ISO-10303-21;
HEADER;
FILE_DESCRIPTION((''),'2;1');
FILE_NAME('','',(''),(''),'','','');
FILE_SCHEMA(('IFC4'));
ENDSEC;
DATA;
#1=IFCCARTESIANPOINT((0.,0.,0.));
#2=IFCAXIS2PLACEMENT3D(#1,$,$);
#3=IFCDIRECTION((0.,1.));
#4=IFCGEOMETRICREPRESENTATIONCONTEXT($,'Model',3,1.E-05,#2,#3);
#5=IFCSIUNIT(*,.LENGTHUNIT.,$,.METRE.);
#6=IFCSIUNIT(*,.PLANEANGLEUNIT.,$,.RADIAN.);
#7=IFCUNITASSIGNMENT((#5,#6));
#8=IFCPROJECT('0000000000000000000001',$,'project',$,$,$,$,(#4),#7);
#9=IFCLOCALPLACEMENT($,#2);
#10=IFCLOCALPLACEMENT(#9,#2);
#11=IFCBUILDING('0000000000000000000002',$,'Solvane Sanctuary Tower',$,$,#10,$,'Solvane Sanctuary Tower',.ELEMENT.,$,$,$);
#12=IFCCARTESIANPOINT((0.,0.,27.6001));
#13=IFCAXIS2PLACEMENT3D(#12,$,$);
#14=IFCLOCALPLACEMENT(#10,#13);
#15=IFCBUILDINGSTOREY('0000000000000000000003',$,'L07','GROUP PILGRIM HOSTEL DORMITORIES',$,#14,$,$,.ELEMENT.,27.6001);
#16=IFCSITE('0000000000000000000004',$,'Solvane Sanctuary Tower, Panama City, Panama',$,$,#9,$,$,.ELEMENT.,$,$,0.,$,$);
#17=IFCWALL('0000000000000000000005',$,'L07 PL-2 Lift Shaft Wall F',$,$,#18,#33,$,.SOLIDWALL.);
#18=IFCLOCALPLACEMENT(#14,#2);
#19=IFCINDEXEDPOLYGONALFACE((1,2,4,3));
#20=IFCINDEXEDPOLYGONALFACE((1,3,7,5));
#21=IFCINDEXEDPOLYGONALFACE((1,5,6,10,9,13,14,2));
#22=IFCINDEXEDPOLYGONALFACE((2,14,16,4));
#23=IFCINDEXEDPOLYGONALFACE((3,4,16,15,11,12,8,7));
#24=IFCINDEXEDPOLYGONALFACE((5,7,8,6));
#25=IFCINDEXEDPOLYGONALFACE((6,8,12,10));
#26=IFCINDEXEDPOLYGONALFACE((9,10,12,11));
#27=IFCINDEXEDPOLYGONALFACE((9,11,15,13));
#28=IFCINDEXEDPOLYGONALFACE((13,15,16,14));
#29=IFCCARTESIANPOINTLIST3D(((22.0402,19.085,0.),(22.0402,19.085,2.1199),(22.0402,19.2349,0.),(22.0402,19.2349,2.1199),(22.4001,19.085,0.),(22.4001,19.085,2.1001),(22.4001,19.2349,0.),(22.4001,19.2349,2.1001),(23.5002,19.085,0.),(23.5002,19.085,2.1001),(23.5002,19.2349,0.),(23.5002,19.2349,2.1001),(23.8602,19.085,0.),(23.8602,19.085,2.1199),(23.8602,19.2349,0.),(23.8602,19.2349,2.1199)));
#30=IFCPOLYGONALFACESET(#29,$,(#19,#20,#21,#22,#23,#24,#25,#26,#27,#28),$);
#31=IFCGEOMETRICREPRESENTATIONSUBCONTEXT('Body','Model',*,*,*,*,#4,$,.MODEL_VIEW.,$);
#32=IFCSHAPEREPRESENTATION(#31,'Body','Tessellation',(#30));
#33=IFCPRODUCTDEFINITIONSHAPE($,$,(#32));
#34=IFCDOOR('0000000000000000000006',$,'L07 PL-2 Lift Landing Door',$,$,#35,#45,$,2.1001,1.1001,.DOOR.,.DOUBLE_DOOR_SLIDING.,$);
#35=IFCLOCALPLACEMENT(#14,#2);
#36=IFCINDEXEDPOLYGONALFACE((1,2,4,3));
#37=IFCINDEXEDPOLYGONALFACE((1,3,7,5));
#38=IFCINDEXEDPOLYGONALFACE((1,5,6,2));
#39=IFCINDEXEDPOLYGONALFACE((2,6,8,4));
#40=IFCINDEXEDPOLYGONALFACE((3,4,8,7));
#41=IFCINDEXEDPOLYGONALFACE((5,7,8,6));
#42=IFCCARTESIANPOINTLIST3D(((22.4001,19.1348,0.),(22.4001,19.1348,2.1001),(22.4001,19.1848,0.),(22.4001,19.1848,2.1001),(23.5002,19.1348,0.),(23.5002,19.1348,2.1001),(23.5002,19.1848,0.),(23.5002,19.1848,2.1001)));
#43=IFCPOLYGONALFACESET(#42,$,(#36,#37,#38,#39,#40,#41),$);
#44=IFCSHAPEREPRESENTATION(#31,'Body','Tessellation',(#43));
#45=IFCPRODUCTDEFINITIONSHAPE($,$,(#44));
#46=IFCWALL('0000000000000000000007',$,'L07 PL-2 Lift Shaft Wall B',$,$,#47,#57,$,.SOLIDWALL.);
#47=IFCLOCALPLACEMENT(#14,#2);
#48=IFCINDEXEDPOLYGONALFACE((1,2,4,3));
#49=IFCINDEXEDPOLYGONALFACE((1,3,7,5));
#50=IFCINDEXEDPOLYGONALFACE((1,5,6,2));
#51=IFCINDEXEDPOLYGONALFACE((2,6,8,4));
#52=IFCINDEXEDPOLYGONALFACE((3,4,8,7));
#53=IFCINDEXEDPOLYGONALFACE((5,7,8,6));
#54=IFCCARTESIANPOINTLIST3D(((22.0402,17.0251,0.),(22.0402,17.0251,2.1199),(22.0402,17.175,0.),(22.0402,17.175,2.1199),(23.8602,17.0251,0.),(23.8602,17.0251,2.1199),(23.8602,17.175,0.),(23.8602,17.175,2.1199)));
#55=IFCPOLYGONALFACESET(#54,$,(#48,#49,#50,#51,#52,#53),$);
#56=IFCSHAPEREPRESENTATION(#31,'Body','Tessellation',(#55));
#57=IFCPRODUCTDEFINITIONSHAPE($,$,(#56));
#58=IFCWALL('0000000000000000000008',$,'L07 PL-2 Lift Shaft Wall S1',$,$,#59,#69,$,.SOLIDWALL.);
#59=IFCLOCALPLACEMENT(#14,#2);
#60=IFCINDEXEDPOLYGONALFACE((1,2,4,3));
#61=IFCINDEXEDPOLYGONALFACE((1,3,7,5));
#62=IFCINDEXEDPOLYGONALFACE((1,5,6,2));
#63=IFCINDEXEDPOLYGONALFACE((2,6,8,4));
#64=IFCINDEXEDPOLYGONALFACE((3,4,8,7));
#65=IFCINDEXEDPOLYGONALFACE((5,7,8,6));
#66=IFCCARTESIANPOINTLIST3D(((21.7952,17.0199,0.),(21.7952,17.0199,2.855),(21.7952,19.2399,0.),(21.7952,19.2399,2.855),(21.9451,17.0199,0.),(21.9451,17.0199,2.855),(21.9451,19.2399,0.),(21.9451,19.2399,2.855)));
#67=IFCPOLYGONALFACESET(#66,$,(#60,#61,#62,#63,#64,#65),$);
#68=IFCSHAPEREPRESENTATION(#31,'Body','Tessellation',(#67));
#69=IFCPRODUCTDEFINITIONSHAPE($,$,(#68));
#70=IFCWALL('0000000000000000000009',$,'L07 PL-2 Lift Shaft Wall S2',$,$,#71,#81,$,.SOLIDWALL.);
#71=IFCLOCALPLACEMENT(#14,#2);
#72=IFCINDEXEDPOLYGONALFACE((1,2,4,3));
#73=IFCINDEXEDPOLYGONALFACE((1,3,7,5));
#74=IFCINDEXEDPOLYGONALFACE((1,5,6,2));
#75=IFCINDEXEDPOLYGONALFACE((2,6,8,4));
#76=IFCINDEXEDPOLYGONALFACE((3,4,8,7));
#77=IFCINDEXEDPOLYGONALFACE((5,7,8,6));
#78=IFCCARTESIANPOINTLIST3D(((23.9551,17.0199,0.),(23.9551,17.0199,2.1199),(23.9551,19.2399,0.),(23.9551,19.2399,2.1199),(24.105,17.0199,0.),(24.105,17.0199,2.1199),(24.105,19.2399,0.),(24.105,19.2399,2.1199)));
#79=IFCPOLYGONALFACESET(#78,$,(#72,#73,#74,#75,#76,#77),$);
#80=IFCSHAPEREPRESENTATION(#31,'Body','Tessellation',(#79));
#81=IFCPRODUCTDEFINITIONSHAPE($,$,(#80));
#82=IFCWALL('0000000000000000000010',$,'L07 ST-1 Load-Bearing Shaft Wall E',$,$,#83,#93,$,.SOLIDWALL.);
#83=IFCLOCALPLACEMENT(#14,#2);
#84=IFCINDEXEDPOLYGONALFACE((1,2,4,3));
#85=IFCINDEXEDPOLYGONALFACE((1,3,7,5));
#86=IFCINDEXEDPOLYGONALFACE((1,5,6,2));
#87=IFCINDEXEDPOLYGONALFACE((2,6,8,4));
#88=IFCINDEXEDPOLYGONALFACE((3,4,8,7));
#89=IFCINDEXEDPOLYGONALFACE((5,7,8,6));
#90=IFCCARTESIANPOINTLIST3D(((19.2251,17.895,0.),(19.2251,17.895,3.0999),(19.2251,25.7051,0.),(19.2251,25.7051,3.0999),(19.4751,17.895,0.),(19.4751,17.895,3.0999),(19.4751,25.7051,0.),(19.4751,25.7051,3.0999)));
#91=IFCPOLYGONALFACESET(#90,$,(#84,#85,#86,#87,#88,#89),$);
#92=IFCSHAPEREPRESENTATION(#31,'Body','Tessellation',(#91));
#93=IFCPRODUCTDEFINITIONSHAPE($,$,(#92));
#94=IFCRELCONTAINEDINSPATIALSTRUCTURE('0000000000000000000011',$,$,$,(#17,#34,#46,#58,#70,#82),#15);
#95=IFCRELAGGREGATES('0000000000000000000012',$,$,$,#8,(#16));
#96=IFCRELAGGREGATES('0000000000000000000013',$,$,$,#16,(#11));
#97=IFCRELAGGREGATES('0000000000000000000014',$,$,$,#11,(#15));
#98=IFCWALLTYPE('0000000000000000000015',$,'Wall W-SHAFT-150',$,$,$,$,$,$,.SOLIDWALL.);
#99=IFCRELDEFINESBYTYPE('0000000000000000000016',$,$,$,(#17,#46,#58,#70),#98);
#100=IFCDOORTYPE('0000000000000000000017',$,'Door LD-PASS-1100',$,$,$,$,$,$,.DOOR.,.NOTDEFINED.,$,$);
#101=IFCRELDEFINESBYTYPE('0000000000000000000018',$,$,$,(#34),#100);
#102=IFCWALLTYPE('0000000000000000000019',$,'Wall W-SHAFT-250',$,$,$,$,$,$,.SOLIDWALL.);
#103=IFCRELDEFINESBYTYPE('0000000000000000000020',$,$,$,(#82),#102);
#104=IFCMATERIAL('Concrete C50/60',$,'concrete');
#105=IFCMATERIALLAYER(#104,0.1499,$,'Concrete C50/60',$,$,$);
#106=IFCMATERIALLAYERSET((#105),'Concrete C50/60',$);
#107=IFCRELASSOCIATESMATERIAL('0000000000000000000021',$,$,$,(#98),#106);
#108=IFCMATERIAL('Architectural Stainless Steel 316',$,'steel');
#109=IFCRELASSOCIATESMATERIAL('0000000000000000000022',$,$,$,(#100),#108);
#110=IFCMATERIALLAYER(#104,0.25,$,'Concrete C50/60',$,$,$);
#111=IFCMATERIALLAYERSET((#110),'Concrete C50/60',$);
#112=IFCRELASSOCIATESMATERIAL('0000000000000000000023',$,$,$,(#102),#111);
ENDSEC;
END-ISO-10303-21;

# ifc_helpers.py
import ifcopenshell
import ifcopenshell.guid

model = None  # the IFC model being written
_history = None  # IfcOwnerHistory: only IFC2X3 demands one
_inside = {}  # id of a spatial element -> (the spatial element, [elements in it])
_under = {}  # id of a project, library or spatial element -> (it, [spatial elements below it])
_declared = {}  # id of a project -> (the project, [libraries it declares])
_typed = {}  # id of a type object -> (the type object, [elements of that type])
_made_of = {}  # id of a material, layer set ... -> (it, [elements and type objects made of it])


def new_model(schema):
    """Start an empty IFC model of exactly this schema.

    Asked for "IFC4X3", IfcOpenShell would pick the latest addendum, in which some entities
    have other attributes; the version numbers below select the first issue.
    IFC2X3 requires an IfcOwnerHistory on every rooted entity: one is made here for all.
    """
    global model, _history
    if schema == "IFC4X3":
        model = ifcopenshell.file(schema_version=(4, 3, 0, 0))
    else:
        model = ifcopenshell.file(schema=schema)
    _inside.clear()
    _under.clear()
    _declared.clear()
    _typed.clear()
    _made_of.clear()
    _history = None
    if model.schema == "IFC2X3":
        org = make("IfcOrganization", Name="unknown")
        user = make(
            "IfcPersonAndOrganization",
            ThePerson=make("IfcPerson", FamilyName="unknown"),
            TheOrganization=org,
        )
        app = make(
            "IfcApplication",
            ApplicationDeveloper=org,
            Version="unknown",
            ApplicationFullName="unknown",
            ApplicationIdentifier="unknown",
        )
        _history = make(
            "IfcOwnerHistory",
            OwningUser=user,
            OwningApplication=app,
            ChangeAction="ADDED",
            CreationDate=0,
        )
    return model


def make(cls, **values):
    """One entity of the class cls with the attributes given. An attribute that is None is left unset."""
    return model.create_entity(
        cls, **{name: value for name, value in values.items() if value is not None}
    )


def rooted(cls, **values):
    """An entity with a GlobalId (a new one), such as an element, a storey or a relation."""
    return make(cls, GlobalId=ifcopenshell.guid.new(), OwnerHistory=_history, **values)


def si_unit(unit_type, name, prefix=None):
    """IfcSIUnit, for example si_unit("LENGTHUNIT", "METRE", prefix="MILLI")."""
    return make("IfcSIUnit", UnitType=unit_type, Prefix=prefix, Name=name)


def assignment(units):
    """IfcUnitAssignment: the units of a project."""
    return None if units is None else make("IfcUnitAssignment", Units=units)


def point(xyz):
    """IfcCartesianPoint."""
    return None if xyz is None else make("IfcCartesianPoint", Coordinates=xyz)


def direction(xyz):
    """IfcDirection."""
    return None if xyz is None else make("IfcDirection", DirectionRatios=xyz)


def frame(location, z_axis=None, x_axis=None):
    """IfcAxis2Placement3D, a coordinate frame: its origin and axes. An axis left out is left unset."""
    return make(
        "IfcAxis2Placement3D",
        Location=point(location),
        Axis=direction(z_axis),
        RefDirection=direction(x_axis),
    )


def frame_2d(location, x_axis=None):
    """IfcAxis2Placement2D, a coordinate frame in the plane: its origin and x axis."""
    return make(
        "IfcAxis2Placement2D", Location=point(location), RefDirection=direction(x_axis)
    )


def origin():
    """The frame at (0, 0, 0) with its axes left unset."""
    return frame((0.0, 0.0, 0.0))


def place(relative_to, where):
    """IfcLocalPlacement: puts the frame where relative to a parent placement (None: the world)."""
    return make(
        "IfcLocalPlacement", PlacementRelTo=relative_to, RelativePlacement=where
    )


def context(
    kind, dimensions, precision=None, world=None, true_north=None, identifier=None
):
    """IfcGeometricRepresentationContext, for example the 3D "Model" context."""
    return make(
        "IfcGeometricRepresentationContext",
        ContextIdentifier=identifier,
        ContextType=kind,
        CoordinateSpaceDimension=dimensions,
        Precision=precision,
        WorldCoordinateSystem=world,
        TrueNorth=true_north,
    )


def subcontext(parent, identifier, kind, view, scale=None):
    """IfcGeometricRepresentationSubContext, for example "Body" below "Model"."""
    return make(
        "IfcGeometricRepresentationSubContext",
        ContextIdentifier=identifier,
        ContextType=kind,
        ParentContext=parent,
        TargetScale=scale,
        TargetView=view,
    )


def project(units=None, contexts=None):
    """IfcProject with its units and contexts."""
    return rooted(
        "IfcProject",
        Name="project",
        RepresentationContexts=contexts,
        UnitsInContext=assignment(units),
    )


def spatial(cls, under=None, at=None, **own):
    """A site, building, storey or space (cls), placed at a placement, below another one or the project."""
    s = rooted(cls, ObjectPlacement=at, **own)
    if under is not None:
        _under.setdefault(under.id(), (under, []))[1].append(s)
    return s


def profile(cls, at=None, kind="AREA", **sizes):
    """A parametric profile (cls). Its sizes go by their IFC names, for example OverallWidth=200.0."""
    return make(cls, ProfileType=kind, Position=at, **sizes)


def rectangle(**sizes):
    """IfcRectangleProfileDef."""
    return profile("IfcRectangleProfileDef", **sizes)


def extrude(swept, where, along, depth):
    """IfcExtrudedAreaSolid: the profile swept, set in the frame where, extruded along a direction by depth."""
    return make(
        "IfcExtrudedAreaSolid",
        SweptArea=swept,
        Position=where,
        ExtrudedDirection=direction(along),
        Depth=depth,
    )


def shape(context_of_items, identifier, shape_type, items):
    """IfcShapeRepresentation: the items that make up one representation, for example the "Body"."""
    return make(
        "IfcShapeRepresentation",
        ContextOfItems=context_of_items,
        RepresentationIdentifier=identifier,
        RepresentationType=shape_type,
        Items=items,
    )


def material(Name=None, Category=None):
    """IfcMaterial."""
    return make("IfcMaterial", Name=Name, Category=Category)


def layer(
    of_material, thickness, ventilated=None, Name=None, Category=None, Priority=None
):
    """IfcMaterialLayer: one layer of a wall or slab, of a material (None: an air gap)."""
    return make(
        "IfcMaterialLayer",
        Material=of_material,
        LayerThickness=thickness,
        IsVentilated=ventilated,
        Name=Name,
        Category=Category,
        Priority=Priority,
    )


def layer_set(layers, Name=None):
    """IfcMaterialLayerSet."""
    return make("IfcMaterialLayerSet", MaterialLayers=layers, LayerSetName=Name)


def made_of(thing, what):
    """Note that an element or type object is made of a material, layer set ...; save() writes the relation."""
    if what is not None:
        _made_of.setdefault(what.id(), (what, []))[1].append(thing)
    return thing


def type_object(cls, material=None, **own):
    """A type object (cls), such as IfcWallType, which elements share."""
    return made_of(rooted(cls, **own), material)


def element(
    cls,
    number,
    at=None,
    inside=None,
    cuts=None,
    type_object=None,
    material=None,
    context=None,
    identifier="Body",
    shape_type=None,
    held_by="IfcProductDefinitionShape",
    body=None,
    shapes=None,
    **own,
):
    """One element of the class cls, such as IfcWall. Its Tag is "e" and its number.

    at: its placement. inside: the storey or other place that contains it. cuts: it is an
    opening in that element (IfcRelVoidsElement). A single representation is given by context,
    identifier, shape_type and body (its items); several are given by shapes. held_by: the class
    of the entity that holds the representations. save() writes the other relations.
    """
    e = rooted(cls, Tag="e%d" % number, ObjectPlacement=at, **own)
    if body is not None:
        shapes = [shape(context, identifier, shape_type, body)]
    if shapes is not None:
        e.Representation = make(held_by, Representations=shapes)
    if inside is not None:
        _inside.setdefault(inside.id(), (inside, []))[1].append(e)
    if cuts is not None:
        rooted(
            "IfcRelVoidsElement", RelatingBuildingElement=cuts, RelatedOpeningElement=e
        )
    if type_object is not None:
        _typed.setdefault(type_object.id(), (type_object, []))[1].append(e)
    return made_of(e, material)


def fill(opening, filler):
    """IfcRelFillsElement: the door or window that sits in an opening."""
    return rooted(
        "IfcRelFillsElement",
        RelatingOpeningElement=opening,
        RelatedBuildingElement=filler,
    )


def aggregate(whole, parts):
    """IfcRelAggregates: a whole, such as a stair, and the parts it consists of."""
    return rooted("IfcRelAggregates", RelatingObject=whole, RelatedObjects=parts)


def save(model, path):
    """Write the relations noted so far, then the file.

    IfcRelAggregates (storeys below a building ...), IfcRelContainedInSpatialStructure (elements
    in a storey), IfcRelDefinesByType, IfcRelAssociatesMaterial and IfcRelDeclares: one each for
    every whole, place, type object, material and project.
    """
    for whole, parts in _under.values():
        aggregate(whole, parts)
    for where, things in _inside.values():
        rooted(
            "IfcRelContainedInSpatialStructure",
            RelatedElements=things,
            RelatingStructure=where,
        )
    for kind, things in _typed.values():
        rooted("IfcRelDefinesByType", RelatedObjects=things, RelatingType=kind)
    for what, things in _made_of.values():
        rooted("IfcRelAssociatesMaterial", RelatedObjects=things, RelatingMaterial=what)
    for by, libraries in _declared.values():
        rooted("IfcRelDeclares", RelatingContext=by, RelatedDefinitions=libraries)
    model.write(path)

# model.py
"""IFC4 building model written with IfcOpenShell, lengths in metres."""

from ifc_helpers import new_model, si_unit, direction, frame, frame_2d, origin, place, context, subcontext, project, spatial, rectangle, extrude, material, layer, layer_set, type_object, element, fill, save


model = new_model("IFC4")

# Units and contexts
model_context = context("Model", 3, precision=1e-05, world=origin(), true_north=direction((0.0, 1.0)))
body_context = subcontext(model_context, "Body", "Model", "MODEL_VIEW")
ifc_project = project(units=[si_unit("LENGTHUNIT", "METRE"), si_unit("PLANEANGLEUNIT", "RADIAN")], contexts=[model_context])

# Site, building, storey
site_placement = place(None, origin())
site = spatial("IfcSite", under=ifc_project, at=site_placement, Name="Solvane Sanctuary Tower, Panama City, Panama", CompositionType="ELEMENT", RefElevation=0.0)
building_placement = place(site_placement, origin())
building = spatial("IfcBuilding", under=site, at=building_placement, Name="Solvane Sanctuary Tower", LongName="Solvane Sanctuary Tower", CompositionType="ELEMENT")
storey_placement = place(building_placement, frame((0.0, 0.0, 27.6001)))
storey = spatial("IfcBuildingStorey", under=building, at=storey_placement, Name="L07", Description="GROUP PILGRIM HOSTEL DORMITORIES", CompositionType="ELEMENT", Elevation=27.6001)

# Shared definitions
ifc_material_1 = material(Name="Concrete C50/60", Category="concrete")
ifc_layer_1 = layer(ifc_material_1, 0.1499, Name="Concrete C50/60")
ifc_layer_set_1 = layer_set([ifc_layer_1], Name="Concrete C50/60")
wall_type_1 = type_object("IfcWallType", Name="Wall W-SHAFT-150", PredefinedType="SOLIDWALL", material=ifc_layer_set_1)
ifc_material_2 = material(Name="Architectural Stainless Steel 316", Category="steel")
door_type = type_object("IfcDoorType", Name="Door LD-PASS-1100", OperationType="NOTDEFINED", PredefinedType="DOOR", material=ifc_material_2)

# Wall, opening, door
wall_1_placement = place(storey_placement, frame((22.04, 19.1599, 0.0), z_axis=(0.0, 0.0, 1.0), x_axis=(1.0, 0.0, 0.0)))
wall_1 = element("IfcWall", 1, at=wall_1_placement, inside=storey, type_object=wall_type_1, Name="L07 PL-2 Lift Shaft Wall F", PredefinedType="SOLIDWALL", context=body_context, shape_type="SweptSolid", body=[
    extrude(rectangle(XDim=1.8201, YDim=0.1499, at=frame_2d((0.9102, 0.0))), origin(), (0.0, 0.0, 1.0), 2.1199),
])
opening_1_placement = place(wall_1_placement, frame((0.3601, 0.0, 0.0)))
opening_1 = element("IfcOpeningElement", 2, at=opening_1_placement, cuts=wall_1, PredefinedType="OPENING", context=body_context, shape_type="SweptSolid", body=[
    extrude(rectangle(XDim=1.1001, YDim=2.1001, at=frame_2d((0.55, 1.05))), frame((0.0, 0.085, 0.0), z_axis=(0.0, -1.0, 0.0), x_axis=(1.0, 0.0, 0.0)), (0.0, 0.0, 1.0), 0.1699),
])
door_1_placement = place(opening_1_placement, origin())
door_1 = element("IfcDoor", 3, at=door_1_placement, inside=storey, type_object=door_type, Name="L07 PL-2 Lift Landing Door", OperationType="DOUBLE_DOOR_SLIDING", OverallHeight=2.1001, OverallWidth=1.1001, PredefinedType="DOOR", context=body_context, shape_type="SweptSolid", body=[
    extrude(rectangle(XDim=1.1001, YDim=2.1001, at=frame_2d((0.55, 1.05))), frame((0.0, 0.0249, 0.0), z_axis=(0.0, -1.0, 0.0), x_axis=(1.0, 0.0, 0.0)), (0.0, 0.0, 1.0), 0.05),
])
fill(opening_1, door_1)

# Walls
wall_2_placement = place(storey_placement, frame((22.04, 17.1001, 0.0), z_axis=(0.0, 0.0, 1.0), x_axis=(1.0, 0.0, 0.0)))
element("IfcWall", 4, at=wall_2_placement, inside=storey, type_object=wall_type_1, Name="L07 PL-2 Lift Shaft Wall B", PredefinedType="SOLIDWALL", context=body_context, shape_type="SweptSolid", body=[
    extrude(rectangle(XDim=1.8201, YDim=0.1499, at=frame_2d((0.9102, 0.0))), origin(), (0.0, 0.0, 1.0), 2.1199),
])
wall_3_placement = place(storey_placement, frame((21.8701, 17.02, 0.0), z_axis=(0.0, 0.0, 1.0), x_axis=(0.0, 1.0, 0.0)))
element("IfcWall", 5, at=wall_3_placement, inside=storey, type_object=wall_type_1, Name="L07 PL-2 Lift Shaft Wall S1", PredefinedType="SOLIDWALL", context=body_context, shape_type="SweptSolid", body=[
    extrude(rectangle(XDim=2.22, YDim=0.1499, at=frame_2d((1.1099, 0.0))), origin(), (0.0, 0.0, 1.0), 2.855),
])
wall_4_placement = place(storey_placement, frame((24.03, 17.02, 0.0), z_axis=(0.0, 0.0, 1.0), x_axis=(0.0, 1.0, 0.0)))
element("IfcWall", 6, at=wall_4_placement, inside=storey, type_object=wall_type_1, Name="L07 PL-2 Lift Shaft Wall S2", PredefinedType="SOLIDWALL", context=body_context, shape_type="SweptSolid", body=[
    extrude(rectangle(XDim=2.22, YDim=0.1499, at=frame_2d((1.1099, 0.0))), origin(), (0.0, 0.0, 1.0), 2.1199),
])
ifc_layer_2 = layer(ifc_material_1, 0.25, Name="Concrete C50/60")
ifc_layer_set_2 = layer_set([ifc_layer_2], Name="Concrete C50/60")
wall_type_2 = type_object("IfcWallType", Name="Wall W-SHAFT-250", PredefinedType="SOLIDWALL", material=ifc_layer_set_2)
wall_5_placement = place(storey_placement, frame((19.3501, 17.895, 0.0), z_axis=(0.0, 0.0, 1.0), x_axis=(0.0, 1.0, 0.0)))
element("IfcWall", 7, at=wall_5_placement, inside=storey, type_object=wall_type_2, Name="L07 ST-1 Load-Bearing Shaft Wall E", PredefinedType="SOLIDWALL", context=body_context, shape_type="SweptSolid", body=[
    extrude(rectangle(XDim=7.8101, YDim=0.25, at=frame_2d((3.905, 0.0))), origin(), (0.0, 0.0, 1.0), 3.0999),
])

save(model, "model.ifc")
